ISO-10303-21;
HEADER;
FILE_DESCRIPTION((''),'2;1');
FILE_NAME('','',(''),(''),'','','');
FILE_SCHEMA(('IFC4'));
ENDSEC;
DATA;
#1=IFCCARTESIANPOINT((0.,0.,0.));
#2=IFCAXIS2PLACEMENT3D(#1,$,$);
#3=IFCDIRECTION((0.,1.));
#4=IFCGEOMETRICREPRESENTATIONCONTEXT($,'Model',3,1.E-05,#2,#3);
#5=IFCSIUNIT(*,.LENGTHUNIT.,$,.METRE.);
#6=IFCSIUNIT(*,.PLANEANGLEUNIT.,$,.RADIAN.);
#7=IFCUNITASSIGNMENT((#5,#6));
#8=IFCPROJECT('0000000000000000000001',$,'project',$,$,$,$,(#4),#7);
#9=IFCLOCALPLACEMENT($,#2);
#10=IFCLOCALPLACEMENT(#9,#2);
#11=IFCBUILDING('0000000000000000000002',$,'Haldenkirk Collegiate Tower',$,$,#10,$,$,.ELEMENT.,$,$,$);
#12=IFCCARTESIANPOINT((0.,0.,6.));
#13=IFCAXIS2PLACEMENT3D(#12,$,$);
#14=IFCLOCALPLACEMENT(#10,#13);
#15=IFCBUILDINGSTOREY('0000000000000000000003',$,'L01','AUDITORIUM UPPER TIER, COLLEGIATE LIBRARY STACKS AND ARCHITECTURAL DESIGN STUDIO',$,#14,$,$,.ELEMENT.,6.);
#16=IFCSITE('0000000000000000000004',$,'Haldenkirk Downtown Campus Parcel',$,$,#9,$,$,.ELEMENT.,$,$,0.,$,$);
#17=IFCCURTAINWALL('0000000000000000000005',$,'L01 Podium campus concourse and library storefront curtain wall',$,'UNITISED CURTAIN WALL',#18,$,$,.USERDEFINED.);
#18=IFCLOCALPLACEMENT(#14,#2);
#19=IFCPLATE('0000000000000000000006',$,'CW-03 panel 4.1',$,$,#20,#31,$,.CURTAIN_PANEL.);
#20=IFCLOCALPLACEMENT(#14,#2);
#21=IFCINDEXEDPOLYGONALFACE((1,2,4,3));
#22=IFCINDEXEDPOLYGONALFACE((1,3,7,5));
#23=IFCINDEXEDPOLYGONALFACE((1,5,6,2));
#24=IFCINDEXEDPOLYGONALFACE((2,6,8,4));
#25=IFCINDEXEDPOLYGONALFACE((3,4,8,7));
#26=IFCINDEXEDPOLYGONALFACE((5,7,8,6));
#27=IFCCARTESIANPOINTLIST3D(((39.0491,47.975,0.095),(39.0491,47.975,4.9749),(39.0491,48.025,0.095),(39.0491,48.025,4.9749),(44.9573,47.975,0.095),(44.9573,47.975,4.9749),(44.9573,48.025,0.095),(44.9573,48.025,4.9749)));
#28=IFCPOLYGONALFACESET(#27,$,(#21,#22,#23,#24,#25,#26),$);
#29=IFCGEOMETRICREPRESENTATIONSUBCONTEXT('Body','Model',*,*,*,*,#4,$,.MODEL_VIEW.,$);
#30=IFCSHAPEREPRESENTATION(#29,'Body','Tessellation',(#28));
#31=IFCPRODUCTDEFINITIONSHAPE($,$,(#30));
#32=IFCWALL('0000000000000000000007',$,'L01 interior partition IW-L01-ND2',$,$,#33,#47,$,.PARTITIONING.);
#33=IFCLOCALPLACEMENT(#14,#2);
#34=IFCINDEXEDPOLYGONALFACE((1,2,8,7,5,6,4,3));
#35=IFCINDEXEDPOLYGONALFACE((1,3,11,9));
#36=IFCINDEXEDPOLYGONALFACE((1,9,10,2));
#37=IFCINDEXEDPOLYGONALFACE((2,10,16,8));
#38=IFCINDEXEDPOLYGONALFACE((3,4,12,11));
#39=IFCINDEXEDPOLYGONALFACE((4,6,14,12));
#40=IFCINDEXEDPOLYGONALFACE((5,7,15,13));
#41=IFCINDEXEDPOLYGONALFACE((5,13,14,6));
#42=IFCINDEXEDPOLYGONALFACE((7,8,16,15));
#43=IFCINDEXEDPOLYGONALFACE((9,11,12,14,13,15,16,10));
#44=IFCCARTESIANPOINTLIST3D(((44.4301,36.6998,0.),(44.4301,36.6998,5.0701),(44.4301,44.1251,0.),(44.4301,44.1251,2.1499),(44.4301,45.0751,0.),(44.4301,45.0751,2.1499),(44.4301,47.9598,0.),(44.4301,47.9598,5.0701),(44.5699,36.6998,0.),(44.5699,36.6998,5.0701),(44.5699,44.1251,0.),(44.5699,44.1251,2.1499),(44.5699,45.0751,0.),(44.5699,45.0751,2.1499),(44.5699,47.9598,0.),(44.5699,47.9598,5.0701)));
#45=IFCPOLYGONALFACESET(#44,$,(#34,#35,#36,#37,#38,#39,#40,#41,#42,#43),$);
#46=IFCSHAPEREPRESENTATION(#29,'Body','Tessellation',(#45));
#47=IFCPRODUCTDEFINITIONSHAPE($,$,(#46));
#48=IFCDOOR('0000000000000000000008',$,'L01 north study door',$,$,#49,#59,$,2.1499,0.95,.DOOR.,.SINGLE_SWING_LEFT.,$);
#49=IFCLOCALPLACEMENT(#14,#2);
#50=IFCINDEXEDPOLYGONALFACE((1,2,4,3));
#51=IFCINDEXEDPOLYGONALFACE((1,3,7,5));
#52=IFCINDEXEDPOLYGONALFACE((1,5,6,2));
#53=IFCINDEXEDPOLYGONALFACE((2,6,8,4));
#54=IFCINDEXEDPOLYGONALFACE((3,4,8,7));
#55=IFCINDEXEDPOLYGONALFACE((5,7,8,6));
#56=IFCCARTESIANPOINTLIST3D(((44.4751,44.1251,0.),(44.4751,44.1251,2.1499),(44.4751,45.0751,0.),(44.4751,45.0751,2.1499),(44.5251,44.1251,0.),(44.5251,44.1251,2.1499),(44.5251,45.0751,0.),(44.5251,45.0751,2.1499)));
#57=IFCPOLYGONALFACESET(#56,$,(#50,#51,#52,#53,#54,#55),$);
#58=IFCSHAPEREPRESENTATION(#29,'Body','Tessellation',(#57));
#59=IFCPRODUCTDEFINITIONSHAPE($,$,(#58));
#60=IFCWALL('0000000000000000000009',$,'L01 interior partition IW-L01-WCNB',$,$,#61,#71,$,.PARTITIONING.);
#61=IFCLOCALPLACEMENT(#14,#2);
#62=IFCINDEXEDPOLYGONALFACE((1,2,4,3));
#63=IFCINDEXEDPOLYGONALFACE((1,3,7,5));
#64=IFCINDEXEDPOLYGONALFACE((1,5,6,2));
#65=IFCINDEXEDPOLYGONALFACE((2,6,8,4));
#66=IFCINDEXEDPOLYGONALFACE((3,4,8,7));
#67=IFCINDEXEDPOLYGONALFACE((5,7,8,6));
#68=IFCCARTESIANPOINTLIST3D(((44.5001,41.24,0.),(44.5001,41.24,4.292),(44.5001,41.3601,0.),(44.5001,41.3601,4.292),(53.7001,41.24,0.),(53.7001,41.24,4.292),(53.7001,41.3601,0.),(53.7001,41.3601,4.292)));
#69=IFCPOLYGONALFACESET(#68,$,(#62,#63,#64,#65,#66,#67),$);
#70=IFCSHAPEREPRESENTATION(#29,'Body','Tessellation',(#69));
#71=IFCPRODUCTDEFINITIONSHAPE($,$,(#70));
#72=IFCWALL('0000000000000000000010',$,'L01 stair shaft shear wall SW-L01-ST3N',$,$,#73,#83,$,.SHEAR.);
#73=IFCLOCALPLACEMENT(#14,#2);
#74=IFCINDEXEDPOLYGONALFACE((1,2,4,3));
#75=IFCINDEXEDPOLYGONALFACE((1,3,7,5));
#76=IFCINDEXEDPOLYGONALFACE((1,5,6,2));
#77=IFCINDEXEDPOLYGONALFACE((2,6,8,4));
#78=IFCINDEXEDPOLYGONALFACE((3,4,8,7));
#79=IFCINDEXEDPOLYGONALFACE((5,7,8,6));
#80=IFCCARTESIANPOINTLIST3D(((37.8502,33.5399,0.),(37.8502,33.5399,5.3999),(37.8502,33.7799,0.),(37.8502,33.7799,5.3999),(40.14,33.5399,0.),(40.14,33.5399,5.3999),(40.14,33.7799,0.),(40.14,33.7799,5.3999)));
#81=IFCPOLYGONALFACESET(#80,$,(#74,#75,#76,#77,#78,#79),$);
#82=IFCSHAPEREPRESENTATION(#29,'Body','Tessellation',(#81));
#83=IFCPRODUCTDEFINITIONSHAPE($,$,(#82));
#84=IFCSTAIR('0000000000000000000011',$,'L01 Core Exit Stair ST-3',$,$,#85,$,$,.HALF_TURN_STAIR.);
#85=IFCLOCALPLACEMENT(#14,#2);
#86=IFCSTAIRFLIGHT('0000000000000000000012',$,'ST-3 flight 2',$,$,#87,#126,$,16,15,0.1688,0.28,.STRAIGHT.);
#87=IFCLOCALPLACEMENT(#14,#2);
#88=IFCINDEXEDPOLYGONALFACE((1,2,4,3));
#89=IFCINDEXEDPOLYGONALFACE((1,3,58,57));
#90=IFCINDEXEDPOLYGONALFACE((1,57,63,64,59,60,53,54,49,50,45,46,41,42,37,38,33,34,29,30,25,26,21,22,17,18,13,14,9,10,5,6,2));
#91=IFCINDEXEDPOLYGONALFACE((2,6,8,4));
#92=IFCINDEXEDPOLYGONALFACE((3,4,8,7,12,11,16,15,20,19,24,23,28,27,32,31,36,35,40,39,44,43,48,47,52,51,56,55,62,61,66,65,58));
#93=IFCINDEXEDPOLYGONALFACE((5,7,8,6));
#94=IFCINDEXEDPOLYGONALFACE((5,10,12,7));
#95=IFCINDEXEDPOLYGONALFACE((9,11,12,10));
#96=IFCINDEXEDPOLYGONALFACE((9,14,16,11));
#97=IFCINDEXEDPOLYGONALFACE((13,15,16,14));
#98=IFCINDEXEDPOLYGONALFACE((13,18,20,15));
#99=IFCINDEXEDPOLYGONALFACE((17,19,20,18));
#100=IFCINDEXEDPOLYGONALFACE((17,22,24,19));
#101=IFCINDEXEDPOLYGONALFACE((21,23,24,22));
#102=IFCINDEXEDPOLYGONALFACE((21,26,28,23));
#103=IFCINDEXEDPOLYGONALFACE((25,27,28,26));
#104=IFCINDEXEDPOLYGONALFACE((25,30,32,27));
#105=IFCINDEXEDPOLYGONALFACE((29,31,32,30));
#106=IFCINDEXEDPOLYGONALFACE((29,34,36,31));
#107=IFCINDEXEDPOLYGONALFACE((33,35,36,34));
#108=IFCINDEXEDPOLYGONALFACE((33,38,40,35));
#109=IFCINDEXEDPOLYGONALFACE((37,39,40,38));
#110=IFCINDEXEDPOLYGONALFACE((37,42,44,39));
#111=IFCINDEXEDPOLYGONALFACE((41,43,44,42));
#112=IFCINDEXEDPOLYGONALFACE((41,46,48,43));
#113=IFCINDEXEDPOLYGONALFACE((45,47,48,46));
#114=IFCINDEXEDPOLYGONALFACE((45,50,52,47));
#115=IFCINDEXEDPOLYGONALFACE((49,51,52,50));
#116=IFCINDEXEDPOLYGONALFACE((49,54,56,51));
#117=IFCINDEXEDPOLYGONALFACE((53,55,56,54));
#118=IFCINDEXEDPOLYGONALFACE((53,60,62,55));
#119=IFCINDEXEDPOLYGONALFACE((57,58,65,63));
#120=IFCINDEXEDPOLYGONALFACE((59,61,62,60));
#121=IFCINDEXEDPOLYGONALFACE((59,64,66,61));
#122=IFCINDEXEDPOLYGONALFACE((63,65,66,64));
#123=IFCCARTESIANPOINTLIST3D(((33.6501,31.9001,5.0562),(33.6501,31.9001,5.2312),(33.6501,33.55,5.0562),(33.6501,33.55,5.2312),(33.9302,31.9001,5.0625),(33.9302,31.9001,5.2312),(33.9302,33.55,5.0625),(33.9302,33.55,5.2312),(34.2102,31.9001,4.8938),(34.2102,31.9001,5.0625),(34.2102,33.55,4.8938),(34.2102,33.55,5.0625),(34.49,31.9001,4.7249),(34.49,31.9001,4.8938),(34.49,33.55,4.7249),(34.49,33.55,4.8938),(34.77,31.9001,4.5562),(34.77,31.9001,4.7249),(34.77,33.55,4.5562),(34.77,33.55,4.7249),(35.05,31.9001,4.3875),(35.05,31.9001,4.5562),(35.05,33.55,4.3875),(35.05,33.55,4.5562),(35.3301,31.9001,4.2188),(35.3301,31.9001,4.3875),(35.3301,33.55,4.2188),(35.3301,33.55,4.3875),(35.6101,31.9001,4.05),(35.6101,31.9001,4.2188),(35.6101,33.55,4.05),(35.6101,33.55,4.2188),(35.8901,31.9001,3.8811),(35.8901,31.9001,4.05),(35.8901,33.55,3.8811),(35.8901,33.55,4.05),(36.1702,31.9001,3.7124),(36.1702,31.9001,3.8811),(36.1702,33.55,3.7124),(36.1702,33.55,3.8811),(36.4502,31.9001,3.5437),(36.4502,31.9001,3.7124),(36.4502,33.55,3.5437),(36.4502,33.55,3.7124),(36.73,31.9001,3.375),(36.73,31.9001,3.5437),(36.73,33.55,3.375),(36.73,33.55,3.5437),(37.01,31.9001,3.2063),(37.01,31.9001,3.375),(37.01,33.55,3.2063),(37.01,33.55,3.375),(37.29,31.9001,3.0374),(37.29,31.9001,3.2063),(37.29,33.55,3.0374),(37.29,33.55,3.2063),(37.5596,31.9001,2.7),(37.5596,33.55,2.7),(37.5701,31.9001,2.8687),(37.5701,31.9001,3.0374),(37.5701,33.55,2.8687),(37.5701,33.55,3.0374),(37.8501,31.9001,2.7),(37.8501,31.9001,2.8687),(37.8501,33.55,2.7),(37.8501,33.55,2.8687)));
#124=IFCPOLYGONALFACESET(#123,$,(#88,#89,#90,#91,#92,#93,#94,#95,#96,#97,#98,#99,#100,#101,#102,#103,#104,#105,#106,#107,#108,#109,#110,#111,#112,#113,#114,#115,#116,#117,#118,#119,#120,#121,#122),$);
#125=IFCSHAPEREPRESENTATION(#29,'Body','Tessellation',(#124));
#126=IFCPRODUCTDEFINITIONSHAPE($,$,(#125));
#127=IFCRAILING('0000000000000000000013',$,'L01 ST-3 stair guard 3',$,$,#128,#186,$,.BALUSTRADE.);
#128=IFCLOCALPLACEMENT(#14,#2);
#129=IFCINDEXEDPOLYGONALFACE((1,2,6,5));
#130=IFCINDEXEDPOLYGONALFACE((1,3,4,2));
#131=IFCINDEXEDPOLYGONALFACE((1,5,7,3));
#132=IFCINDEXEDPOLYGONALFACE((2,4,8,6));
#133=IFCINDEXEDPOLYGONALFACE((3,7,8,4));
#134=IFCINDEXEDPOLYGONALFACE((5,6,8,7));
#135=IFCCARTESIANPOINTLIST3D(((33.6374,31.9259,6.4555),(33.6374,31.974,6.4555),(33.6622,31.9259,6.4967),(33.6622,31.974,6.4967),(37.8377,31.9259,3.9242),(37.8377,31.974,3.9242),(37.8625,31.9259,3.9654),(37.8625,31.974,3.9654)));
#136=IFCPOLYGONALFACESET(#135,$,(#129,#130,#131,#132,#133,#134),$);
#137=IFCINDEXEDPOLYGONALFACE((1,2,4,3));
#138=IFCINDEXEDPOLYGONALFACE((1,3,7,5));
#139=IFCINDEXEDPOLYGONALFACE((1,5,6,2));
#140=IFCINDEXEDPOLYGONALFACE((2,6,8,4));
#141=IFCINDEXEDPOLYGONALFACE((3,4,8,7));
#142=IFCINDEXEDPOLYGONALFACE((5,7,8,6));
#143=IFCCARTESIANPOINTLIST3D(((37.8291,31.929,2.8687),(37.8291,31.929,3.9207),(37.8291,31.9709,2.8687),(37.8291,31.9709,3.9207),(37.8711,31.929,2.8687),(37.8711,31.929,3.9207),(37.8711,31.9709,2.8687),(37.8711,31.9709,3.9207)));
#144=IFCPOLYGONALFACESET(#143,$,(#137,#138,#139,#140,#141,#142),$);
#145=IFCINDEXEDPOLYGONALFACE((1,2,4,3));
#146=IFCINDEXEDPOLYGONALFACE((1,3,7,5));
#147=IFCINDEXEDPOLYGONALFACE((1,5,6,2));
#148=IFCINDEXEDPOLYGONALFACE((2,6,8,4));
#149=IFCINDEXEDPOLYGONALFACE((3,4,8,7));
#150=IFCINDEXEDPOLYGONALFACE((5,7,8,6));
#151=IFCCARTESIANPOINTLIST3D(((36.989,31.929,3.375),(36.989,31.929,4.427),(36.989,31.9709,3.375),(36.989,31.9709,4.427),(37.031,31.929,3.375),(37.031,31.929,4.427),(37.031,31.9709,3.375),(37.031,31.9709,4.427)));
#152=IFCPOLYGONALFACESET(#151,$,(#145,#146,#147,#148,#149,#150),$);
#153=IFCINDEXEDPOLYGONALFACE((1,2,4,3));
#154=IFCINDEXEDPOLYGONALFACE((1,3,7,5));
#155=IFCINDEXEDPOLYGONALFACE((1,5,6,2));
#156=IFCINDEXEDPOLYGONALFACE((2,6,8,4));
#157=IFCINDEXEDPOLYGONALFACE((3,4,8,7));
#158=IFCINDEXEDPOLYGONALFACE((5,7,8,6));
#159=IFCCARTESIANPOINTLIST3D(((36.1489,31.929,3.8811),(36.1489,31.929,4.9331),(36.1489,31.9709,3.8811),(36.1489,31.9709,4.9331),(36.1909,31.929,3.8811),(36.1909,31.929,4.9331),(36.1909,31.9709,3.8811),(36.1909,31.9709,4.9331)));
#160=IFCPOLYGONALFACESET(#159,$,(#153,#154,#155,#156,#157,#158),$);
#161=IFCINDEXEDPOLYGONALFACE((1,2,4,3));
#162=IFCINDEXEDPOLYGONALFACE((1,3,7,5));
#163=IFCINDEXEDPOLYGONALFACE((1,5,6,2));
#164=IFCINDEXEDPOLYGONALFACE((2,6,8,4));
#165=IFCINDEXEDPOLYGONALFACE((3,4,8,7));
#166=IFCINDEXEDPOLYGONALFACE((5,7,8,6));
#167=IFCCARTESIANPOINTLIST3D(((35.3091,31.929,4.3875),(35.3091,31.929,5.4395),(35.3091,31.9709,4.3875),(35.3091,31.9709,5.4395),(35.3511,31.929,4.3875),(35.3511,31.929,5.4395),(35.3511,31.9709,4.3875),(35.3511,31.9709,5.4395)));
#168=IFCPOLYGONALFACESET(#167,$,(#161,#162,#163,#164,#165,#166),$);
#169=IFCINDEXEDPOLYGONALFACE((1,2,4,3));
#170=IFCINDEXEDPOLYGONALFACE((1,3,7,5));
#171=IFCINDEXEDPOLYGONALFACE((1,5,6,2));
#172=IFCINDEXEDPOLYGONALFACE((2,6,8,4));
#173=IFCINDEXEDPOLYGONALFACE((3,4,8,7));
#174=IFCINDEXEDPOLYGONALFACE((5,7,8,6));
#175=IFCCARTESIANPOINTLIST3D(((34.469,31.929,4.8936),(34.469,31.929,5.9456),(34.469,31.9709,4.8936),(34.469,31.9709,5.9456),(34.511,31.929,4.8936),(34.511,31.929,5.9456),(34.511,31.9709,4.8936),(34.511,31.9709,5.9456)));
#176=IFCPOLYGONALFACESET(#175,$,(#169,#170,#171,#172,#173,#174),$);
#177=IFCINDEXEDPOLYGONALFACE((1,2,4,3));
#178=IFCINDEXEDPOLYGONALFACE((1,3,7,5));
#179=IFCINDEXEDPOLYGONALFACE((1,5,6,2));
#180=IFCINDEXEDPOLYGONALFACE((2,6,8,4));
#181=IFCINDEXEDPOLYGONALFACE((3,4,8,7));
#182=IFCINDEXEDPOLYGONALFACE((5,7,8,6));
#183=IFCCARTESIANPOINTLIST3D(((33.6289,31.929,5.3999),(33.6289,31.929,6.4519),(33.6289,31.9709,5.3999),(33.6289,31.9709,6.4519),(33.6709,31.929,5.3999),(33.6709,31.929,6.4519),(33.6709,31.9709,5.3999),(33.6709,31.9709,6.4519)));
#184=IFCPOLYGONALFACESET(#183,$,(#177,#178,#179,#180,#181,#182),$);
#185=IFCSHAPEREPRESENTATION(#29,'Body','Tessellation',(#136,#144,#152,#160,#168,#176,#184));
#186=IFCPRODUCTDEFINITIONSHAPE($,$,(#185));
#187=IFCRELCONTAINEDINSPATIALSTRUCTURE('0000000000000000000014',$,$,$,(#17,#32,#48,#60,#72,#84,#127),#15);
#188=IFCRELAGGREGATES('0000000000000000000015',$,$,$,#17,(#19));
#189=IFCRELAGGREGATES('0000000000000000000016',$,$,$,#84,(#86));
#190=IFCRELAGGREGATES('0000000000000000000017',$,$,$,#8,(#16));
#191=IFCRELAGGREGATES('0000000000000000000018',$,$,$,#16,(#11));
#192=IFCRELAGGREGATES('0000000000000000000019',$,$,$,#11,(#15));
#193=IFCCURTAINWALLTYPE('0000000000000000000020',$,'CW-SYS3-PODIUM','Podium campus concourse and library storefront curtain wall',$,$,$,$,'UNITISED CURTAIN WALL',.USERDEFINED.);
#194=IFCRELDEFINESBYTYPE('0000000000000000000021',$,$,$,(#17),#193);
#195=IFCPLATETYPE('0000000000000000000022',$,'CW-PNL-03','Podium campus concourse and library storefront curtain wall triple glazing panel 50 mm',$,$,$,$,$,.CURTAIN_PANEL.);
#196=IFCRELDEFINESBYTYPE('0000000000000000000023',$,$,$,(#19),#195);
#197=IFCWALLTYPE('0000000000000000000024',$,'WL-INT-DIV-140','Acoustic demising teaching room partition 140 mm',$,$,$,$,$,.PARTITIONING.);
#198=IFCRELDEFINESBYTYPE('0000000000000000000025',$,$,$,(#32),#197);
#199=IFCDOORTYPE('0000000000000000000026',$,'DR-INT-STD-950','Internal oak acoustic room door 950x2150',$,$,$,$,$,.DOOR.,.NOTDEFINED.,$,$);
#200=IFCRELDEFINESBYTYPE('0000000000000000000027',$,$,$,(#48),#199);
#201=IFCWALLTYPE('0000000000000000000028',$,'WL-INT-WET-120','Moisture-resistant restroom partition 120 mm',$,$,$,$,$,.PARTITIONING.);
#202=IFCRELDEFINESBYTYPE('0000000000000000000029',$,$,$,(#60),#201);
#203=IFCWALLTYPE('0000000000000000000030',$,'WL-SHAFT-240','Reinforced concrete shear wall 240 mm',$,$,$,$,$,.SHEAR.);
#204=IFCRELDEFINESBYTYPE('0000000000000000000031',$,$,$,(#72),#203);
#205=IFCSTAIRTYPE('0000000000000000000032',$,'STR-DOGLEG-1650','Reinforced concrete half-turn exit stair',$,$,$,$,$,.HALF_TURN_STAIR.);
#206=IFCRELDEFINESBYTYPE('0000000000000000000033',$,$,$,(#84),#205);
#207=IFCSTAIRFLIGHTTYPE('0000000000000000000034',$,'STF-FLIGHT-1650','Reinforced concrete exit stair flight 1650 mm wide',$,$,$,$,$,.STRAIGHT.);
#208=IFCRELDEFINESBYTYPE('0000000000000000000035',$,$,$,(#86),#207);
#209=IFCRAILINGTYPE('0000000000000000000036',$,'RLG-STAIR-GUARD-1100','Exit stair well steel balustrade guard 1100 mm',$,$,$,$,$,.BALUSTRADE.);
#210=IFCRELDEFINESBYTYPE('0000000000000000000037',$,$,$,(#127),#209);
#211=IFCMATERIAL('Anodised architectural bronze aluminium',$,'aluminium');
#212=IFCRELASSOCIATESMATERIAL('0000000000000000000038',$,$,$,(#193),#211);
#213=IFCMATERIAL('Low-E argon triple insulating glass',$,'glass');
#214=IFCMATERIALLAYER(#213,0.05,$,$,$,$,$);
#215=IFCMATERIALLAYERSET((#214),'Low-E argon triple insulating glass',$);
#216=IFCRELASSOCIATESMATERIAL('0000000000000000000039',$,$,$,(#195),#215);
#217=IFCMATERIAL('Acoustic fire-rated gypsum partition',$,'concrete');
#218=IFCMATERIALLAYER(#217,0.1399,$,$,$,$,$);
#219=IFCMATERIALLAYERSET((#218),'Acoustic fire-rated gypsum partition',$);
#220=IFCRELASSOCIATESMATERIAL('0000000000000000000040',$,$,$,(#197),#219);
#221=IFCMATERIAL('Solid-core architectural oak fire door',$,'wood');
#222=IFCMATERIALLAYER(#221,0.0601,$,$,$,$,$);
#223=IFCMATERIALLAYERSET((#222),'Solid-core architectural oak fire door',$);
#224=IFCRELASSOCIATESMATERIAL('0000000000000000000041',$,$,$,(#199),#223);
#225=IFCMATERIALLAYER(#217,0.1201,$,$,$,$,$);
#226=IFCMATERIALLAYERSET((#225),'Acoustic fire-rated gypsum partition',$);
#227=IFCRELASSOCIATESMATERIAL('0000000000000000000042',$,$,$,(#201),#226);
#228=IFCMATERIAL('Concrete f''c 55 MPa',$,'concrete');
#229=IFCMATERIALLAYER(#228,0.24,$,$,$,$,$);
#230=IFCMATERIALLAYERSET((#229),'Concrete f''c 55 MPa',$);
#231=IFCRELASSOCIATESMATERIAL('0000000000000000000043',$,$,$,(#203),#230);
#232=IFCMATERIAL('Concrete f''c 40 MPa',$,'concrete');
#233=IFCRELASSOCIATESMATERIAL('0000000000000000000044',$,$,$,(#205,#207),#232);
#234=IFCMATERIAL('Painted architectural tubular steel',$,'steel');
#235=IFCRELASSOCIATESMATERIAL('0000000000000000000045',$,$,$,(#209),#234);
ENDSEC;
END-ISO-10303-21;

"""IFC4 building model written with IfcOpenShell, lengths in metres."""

from ifc_helpers import new_model, si_unit, direction, frame, frame_2d, origin, origin_2d, place, context, subcontext, project, spatial, polyline, rectangle, outline, extrude, source, transform, mapped, material, layer, layer_set, type_object, element, fill, aggregate, save


model = new_model("IFC4")

# Units and contexts
model_context = context("Model", 3, precision=1e-05, world=origin(), true_north=direction((0.0, 1.0)))
body_context = subcontext(model_context, "Body", "Model", "MODEL_VIEW")
ifc_project = project(units=[si_unit("LENGTHUNIT", "METRE"), si_unit("PLANEANGLEUNIT", "RADIAN")], contexts=[model_context])

# Site, building, storey
site_placement = place(None, origin())
site = spatial("IfcSite", under=ifc_project, at=site_placement, Name="Haldenkirk Downtown Campus Parcel", CompositionType="ELEMENT", RefElevation=0.0)
building_placement = place(site_placement, origin())
building = spatial("IfcBuilding", under=site, at=building_placement, Name="Haldenkirk Collegiate Tower", CompositionType="ELEMENT")
storey_placement = place(building_placement, frame((0.0, 0.0, 6.0)))
storey = spatial("IfcBuildingStorey", under=building, at=storey_placement, Name="L01", Description="AUDITORIUM UPPER TIER, COLLEGIATE LIBRARY STACKS AND ARCHITECTURAL DESIGN STUDIO", CompositionType="ELEMENT", Elevation=6.0)

# Curtain wall, plate
ifc_material_1 = material(Name="Anodised architectural bronze aluminium", Category="aluminium")
curtain_wall_type = type_object("IfcCurtainWallType", Name="CW-SYS3-PODIUM", Description="Podium campus concourse and library storefront curtain wall", ElementType="UNITISED CURTAIN WALL", PredefinedType="USERDEFINED", material=ifc_material_1)
curtain_wall_placement = place(storey_placement, origin())
curtain_wall = element("IfcCurtainWall", 1, at=curtain_wall_placement, inside=storey, type_object=curtain_wall_type, Name="L01 Podium campus concourse and library storefront curtain wall", ObjectType="UNITISED CURTAIN WALL", PredefinedType="USERDEFINED")
ifc_material_2 = material(Name="Low-E argon triple insulating glass", Category="glass")
ifc_layer_1 = layer(ifc_material_2, 0.05)
ifc_layer_set_1 = layer_set([ifc_layer_1], Name="Low-E argon triple insulating glass")
plate_type = type_object("IfcPlateType", Name="CW-PNL-03", Description="Podium campus concourse and library storefront curtain wall triple glazing panel 50 mm", PredefinedType="CURTAIN_PANEL", material=ifc_layer_set_1)
shared_shape = source(origin(), body_context, "Body", "SweptSolid", [
    extrude(rectangle(XDim=5.9082, YDim=0.05, at=origin_2d()), origin(), (0.0, 0.0, 1.0), 4.8799),
])
plate_1_placement = place(storey_placement, frame((42.0032, 48.0, 0.095), z_axis=(0.0, 0.0, 1.0), x_axis=(1.0, 0.0, 0.0)))
plate_1 = element("IfcPlate", 2, at=plate_1_placement, type_object=plate_type, Name="CW-03 panel 4.1", PredefinedType="CURTAIN_PANEL", context=body_context, shape_type="MappedRepresentation", body=[
    mapped(shared_shape, transform((0.0, 0.0, 0.0), x_axis=(1.0, 0.0, 0.0), y_axis=(0.0, 1.0, 0.0), z_axis=(0.0, 0.0, 1.0), scale=1.0)),
])
aggregate(curtain_wall, [plate_1])

# Wall, opening, door
ifc_material_3 = material(Name="Acoustic fire-rated gypsum partition", Category="concrete")
ifc_layer_2 = layer(ifc_material_3, 0.1399)
ifc_layer_set_2 = layer_set([ifc_layer_2], Name="Acoustic fire-rated gypsum partition")
wall_type_1 = type_object("IfcWallType", Name="WL-INT-DIV-140", Description="Acoustic demising teaching room partition 140 mm", PredefinedType="PARTITIONING", material=ifc_layer_set_2)
wall_1_placement = place(storey_placement, frame((44.5, 36.7, 0.0), z_axis=(0.0, 0.0, 1.0), x_axis=(0.0, 1.0, 0.0)))
wall_1 = element("IfcWall", 3, at=wall_1_placement, inside=storey, type_object=wall_type_1, Name="L01 interior partition IW-L01-ND2", PredefinedType="PARTITIONING", context=body_context, shape_type="SweptSolid", body=[
    extrude(rectangle(XDim=11.26, YDim=0.1399, at=frame_2d((5.6299, 0.0))), origin(), (0.0, 0.0, 1.0), 5.0701),
])
opening_placement = place(wall_1_placement, frame((7.425, 0.0, 0.0)))
opening = element("IfcOpeningElement", 4, at=opening_placement, cuts=wall_1, PredefinedType="OPENING", context=body_context, shape_type="SweptSolid", body=[
    extrude(rectangle(XDim=0.95, YDim=2.1499, at=frame_2d((0.4751, 1.075))), frame((0.0, 0.0798, 0.0), z_axis=(0.0, -1.0, 0.0), x_axis=(1.0, 0.0, 0.0)), (0.0, 0.0, 1.0), 0.1599),
])
ifc_material_4 = material(Name="Solid-core architectural oak fire door", Category="wood")
ifc_layer_3 = layer(ifc_material_4, 0.0601)
ifc_layer_set_3 = layer_set([ifc_layer_3], Name="Solid-core architectural oak fire door")
door_type = type_object("IfcDoorType", Name="DR-INT-STD-950", Description="Internal oak acoustic room door 950x2150", OperationType="NOTDEFINED", PredefinedType="DOOR", material=ifc_layer_set_3)
door_placement = place(opening_placement, origin())
door = element("IfcDoor", 5, at=door_placement, inside=storey, type_object=door_type, Name="L01 north study door", OperationType="SINGLE_SWING_LEFT", OverallHeight=2.1499, OverallWidth=0.95, PredefinedType="DOOR", context=body_context, shape_type="SweptSolid", body=[
    extrude(rectangle(XDim=0.95, YDim=2.1499, at=frame_2d((0.4751, 1.075))), frame((0.0, 0.0249, 0.0), z_axis=(0.0, -1.0, 0.0), x_axis=(1.0, 0.0, 0.0)), (0.0, 0.0, 1.0), 0.05),
])
fill(opening, door)

# Walls
ifc_layer_4 = layer(ifc_material_3, 0.1201)
ifc_layer_set_4 = layer_set([ifc_layer_4], Name="Acoustic fire-rated gypsum partition")
wall_type_2 = type_object("IfcWallType", Name="WL-INT-WET-120", Description="Moisture-resistant restroom partition 120 mm", PredefinedType="PARTITIONING", material=ifc_layer_set_4)
wall_2_placement = place(storey_placement, frame((44.5, 41.3, 0.0), z_axis=(0.0, 0.0, 1.0), x_axis=(1.0, 0.0, 0.0)))
element("IfcWall", 6, at=wall_2_placement, inside=storey, type_object=wall_type_2, Name="L01 interior partition IW-L01-WCNB", PredefinedType="PARTITIONING", context=body_context, shape_type="SweptSolid", body=[
    extrude(rectangle(XDim=9.2, YDim=0.1201, at=frame_2d((4.6001, 0.0))), origin(), (0.0, 0.0, 1.0), 4.292),
])
ifc_material_5 = material(Name="Concrete f'c 55 MPa", Category="concrete")
ifc_layer_5 = layer(ifc_material_5, 0.24)
ifc_layer_set_5 = layer_set([ifc_layer_5], Name="Concrete f'c 55 MPa")
wall_type_3 = type_object("IfcWallType", Name="WL-SHAFT-240", Description="Reinforced concrete shear wall 240 mm", PredefinedType="SHEAR", material=ifc_layer_set_5)
wall_3_placement = place(storey_placement, frame((37.8501, 33.6599, 0.0), z_axis=(0.0, 0.0, 1.0), x_axis=(1.0, 0.0, 0.0)))
element("IfcWall", 7, at=wall_3_placement, inside=storey, type_object=wall_type_3, Name="L01 stair shaft shear wall SW-L01-ST3N", PredefinedType="SHEAR", context=body_context, shape_type="SweptSolid", body=[
    extrude(rectangle(XDim=2.2898, YDim=0.24, at=frame_2d((1.145, 0.0))), origin(), (0.0, 0.0, 1.0), 5.3999),
])

# Stair, stair flight
ifc_material_6 = material(Name="Concrete f'c 40 MPa", Category="concrete")
stair_type = type_object("IfcStairType", Name="STR-DOGLEG-1650", Description="Reinforced concrete half-turn exit stair", PredefinedType="HALF_TURN_STAIR", material=ifc_material_6)
stair_placement = place(storey_placement, origin())
stair = element("IfcStair", 8, at=stair_placement, inside=storey, type_object=stair_type, Name="L01 Core Exit Stair ST-3", PredefinedType="HALF_TURN_STAIR")
stair_flight_type = type_object("IfcStairFlightType", Name="STF-FLIGHT-1650", Description="Reinforced concrete exit stair flight 1650 mm wide", PredefinedType="STRAIGHT", material=ifc_material_6)
stair_flight_placement = place(storey_placement, frame((37.8501, 32.7251, 2.7), z_axis=(0.0, 0.0, 1.0), x_axis=(-1.0, 0.0, 0.0)))
stair_flight = element("IfcStairFlight", 9, at=stair_flight_placement, type_object=stair_flight_type, Name="ST-3 flight 2", NumberOfRisers=16, NumberOfTreads=15, PredefinedType="STRAIGHT", RiserHeight=0.1688, TreadLength=0.28, context=body_context, shape_type="SweptSolid", body=[
    extrude(outline(polyline([(0.0, 0.0), (0.0, 0.1687), (0.28, 0.1687), (0.28, 0.3374), (0.5601, 0.3374), (0.5601, 0.5063), (0.8401, 0.5063), (0.8401, 0.675), (1.1201, 0.675), (1.1201, 0.8438), (1.3999, 0.8438), (1.3999, 1.0125), (1.6799, 1.0125), (1.6799, 1.1812), (1.96, 1.1812), (1.96, 1.3501), (2.24, 1.3501), (2.24, 1.5188), (2.52, 1.5188), (2.52, 1.6875), (2.8, 1.6875), (2.8, 1.8562), (3.0801, 1.8562), (3.0801, 2.0249), (3.3601, 2.0249), (3.3601, 2.1938), (3.6399, 2.1938), (3.6399, 2.3625), (3.9199, 2.3625), (3.9199, 2.5312), (4.2, 2.5312), (4.2, 2.7), (4.2, 2.3562), (0.2905, 0.0), (0.0, 0.0)])), frame((0.0, 0.825, 0.0), z_axis=(0.0, -1.0, 0.0), x_axis=(1.0, 0.0, 0.0)), (0.0, 0.0, 1.0), 1.6499),
])
aggregate(stair, [stair_flight])

# Railing
ifc_material_7 = material(Name="Painted architectural tubular steel", Category="steel")
railing_type_1 = type_object("IfcRailingType", Name="RLG-STAIR-GUARD-1100", Description="Exit stair well steel balustrade guard 1100 mm", PredefinedType="BALUSTRADE", material=ifc_material_7)
railing_1_placement = place(storey_placement, frame((37.8501, 31.95, 2.8687)))
element("IfcRailing", 10, at=railing_1_placement, inside=storey, type_object=railing_type_1, Name="L01 ST-3 stair guard 3", PredefinedType="BALUSTRADE", context=body_context, shape_type="SweptSolid", body=[
    extrude(rectangle(XDim=0.0481, YDim=0.0481, at=origin_2d()), frame((0.0, 0.0, 1.0762), z_axis=(-0.85649, 0.0, 0.516164), x_axis=(0.0, -1.0, 0.0)), (0.0, 0.0, 1.0), 4.9041),
    extrude(rectangle(XDim=0.042, YDim=0.042, at=origin_2d()), origin(), (0.0, 0.0, 1.0), 1.052),
    extrude(rectangle(XDim=0.042, YDim=0.042, at=origin_2d()), frame((-0.8401, 0.0, 0.5063)), (0.0, 0.0, 1.0), 1.052),
    extrude(rectangle(XDim=0.042, YDim=0.042, at=origin_2d()), frame((-1.6802, 0.0, 1.0125)), (0.0, 0.0, 1.0), 1.052),
    extrude(rectangle(XDim=0.042, YDim=0.042, at=origin_2d()), frame((-2.52, 0.0, 1.5188)), (0.0, 0.0, 1.0), 1.052),
    extrude(rectangle(XDim=0.042, YDim=0.042, at=origin_2d()), frame((-3.3601, 0.0, 2.0249)), (0.0, 0.0, 1.0), 1.052),
    extrude(rectangle(XDim=0.042, YDim=0.042, at=origin_2d()), frame((-4.2002, 0.0, 2.5312)), (0.0, 0.0, 1.0), 1.052),
])

save(model, "model.ifc")
